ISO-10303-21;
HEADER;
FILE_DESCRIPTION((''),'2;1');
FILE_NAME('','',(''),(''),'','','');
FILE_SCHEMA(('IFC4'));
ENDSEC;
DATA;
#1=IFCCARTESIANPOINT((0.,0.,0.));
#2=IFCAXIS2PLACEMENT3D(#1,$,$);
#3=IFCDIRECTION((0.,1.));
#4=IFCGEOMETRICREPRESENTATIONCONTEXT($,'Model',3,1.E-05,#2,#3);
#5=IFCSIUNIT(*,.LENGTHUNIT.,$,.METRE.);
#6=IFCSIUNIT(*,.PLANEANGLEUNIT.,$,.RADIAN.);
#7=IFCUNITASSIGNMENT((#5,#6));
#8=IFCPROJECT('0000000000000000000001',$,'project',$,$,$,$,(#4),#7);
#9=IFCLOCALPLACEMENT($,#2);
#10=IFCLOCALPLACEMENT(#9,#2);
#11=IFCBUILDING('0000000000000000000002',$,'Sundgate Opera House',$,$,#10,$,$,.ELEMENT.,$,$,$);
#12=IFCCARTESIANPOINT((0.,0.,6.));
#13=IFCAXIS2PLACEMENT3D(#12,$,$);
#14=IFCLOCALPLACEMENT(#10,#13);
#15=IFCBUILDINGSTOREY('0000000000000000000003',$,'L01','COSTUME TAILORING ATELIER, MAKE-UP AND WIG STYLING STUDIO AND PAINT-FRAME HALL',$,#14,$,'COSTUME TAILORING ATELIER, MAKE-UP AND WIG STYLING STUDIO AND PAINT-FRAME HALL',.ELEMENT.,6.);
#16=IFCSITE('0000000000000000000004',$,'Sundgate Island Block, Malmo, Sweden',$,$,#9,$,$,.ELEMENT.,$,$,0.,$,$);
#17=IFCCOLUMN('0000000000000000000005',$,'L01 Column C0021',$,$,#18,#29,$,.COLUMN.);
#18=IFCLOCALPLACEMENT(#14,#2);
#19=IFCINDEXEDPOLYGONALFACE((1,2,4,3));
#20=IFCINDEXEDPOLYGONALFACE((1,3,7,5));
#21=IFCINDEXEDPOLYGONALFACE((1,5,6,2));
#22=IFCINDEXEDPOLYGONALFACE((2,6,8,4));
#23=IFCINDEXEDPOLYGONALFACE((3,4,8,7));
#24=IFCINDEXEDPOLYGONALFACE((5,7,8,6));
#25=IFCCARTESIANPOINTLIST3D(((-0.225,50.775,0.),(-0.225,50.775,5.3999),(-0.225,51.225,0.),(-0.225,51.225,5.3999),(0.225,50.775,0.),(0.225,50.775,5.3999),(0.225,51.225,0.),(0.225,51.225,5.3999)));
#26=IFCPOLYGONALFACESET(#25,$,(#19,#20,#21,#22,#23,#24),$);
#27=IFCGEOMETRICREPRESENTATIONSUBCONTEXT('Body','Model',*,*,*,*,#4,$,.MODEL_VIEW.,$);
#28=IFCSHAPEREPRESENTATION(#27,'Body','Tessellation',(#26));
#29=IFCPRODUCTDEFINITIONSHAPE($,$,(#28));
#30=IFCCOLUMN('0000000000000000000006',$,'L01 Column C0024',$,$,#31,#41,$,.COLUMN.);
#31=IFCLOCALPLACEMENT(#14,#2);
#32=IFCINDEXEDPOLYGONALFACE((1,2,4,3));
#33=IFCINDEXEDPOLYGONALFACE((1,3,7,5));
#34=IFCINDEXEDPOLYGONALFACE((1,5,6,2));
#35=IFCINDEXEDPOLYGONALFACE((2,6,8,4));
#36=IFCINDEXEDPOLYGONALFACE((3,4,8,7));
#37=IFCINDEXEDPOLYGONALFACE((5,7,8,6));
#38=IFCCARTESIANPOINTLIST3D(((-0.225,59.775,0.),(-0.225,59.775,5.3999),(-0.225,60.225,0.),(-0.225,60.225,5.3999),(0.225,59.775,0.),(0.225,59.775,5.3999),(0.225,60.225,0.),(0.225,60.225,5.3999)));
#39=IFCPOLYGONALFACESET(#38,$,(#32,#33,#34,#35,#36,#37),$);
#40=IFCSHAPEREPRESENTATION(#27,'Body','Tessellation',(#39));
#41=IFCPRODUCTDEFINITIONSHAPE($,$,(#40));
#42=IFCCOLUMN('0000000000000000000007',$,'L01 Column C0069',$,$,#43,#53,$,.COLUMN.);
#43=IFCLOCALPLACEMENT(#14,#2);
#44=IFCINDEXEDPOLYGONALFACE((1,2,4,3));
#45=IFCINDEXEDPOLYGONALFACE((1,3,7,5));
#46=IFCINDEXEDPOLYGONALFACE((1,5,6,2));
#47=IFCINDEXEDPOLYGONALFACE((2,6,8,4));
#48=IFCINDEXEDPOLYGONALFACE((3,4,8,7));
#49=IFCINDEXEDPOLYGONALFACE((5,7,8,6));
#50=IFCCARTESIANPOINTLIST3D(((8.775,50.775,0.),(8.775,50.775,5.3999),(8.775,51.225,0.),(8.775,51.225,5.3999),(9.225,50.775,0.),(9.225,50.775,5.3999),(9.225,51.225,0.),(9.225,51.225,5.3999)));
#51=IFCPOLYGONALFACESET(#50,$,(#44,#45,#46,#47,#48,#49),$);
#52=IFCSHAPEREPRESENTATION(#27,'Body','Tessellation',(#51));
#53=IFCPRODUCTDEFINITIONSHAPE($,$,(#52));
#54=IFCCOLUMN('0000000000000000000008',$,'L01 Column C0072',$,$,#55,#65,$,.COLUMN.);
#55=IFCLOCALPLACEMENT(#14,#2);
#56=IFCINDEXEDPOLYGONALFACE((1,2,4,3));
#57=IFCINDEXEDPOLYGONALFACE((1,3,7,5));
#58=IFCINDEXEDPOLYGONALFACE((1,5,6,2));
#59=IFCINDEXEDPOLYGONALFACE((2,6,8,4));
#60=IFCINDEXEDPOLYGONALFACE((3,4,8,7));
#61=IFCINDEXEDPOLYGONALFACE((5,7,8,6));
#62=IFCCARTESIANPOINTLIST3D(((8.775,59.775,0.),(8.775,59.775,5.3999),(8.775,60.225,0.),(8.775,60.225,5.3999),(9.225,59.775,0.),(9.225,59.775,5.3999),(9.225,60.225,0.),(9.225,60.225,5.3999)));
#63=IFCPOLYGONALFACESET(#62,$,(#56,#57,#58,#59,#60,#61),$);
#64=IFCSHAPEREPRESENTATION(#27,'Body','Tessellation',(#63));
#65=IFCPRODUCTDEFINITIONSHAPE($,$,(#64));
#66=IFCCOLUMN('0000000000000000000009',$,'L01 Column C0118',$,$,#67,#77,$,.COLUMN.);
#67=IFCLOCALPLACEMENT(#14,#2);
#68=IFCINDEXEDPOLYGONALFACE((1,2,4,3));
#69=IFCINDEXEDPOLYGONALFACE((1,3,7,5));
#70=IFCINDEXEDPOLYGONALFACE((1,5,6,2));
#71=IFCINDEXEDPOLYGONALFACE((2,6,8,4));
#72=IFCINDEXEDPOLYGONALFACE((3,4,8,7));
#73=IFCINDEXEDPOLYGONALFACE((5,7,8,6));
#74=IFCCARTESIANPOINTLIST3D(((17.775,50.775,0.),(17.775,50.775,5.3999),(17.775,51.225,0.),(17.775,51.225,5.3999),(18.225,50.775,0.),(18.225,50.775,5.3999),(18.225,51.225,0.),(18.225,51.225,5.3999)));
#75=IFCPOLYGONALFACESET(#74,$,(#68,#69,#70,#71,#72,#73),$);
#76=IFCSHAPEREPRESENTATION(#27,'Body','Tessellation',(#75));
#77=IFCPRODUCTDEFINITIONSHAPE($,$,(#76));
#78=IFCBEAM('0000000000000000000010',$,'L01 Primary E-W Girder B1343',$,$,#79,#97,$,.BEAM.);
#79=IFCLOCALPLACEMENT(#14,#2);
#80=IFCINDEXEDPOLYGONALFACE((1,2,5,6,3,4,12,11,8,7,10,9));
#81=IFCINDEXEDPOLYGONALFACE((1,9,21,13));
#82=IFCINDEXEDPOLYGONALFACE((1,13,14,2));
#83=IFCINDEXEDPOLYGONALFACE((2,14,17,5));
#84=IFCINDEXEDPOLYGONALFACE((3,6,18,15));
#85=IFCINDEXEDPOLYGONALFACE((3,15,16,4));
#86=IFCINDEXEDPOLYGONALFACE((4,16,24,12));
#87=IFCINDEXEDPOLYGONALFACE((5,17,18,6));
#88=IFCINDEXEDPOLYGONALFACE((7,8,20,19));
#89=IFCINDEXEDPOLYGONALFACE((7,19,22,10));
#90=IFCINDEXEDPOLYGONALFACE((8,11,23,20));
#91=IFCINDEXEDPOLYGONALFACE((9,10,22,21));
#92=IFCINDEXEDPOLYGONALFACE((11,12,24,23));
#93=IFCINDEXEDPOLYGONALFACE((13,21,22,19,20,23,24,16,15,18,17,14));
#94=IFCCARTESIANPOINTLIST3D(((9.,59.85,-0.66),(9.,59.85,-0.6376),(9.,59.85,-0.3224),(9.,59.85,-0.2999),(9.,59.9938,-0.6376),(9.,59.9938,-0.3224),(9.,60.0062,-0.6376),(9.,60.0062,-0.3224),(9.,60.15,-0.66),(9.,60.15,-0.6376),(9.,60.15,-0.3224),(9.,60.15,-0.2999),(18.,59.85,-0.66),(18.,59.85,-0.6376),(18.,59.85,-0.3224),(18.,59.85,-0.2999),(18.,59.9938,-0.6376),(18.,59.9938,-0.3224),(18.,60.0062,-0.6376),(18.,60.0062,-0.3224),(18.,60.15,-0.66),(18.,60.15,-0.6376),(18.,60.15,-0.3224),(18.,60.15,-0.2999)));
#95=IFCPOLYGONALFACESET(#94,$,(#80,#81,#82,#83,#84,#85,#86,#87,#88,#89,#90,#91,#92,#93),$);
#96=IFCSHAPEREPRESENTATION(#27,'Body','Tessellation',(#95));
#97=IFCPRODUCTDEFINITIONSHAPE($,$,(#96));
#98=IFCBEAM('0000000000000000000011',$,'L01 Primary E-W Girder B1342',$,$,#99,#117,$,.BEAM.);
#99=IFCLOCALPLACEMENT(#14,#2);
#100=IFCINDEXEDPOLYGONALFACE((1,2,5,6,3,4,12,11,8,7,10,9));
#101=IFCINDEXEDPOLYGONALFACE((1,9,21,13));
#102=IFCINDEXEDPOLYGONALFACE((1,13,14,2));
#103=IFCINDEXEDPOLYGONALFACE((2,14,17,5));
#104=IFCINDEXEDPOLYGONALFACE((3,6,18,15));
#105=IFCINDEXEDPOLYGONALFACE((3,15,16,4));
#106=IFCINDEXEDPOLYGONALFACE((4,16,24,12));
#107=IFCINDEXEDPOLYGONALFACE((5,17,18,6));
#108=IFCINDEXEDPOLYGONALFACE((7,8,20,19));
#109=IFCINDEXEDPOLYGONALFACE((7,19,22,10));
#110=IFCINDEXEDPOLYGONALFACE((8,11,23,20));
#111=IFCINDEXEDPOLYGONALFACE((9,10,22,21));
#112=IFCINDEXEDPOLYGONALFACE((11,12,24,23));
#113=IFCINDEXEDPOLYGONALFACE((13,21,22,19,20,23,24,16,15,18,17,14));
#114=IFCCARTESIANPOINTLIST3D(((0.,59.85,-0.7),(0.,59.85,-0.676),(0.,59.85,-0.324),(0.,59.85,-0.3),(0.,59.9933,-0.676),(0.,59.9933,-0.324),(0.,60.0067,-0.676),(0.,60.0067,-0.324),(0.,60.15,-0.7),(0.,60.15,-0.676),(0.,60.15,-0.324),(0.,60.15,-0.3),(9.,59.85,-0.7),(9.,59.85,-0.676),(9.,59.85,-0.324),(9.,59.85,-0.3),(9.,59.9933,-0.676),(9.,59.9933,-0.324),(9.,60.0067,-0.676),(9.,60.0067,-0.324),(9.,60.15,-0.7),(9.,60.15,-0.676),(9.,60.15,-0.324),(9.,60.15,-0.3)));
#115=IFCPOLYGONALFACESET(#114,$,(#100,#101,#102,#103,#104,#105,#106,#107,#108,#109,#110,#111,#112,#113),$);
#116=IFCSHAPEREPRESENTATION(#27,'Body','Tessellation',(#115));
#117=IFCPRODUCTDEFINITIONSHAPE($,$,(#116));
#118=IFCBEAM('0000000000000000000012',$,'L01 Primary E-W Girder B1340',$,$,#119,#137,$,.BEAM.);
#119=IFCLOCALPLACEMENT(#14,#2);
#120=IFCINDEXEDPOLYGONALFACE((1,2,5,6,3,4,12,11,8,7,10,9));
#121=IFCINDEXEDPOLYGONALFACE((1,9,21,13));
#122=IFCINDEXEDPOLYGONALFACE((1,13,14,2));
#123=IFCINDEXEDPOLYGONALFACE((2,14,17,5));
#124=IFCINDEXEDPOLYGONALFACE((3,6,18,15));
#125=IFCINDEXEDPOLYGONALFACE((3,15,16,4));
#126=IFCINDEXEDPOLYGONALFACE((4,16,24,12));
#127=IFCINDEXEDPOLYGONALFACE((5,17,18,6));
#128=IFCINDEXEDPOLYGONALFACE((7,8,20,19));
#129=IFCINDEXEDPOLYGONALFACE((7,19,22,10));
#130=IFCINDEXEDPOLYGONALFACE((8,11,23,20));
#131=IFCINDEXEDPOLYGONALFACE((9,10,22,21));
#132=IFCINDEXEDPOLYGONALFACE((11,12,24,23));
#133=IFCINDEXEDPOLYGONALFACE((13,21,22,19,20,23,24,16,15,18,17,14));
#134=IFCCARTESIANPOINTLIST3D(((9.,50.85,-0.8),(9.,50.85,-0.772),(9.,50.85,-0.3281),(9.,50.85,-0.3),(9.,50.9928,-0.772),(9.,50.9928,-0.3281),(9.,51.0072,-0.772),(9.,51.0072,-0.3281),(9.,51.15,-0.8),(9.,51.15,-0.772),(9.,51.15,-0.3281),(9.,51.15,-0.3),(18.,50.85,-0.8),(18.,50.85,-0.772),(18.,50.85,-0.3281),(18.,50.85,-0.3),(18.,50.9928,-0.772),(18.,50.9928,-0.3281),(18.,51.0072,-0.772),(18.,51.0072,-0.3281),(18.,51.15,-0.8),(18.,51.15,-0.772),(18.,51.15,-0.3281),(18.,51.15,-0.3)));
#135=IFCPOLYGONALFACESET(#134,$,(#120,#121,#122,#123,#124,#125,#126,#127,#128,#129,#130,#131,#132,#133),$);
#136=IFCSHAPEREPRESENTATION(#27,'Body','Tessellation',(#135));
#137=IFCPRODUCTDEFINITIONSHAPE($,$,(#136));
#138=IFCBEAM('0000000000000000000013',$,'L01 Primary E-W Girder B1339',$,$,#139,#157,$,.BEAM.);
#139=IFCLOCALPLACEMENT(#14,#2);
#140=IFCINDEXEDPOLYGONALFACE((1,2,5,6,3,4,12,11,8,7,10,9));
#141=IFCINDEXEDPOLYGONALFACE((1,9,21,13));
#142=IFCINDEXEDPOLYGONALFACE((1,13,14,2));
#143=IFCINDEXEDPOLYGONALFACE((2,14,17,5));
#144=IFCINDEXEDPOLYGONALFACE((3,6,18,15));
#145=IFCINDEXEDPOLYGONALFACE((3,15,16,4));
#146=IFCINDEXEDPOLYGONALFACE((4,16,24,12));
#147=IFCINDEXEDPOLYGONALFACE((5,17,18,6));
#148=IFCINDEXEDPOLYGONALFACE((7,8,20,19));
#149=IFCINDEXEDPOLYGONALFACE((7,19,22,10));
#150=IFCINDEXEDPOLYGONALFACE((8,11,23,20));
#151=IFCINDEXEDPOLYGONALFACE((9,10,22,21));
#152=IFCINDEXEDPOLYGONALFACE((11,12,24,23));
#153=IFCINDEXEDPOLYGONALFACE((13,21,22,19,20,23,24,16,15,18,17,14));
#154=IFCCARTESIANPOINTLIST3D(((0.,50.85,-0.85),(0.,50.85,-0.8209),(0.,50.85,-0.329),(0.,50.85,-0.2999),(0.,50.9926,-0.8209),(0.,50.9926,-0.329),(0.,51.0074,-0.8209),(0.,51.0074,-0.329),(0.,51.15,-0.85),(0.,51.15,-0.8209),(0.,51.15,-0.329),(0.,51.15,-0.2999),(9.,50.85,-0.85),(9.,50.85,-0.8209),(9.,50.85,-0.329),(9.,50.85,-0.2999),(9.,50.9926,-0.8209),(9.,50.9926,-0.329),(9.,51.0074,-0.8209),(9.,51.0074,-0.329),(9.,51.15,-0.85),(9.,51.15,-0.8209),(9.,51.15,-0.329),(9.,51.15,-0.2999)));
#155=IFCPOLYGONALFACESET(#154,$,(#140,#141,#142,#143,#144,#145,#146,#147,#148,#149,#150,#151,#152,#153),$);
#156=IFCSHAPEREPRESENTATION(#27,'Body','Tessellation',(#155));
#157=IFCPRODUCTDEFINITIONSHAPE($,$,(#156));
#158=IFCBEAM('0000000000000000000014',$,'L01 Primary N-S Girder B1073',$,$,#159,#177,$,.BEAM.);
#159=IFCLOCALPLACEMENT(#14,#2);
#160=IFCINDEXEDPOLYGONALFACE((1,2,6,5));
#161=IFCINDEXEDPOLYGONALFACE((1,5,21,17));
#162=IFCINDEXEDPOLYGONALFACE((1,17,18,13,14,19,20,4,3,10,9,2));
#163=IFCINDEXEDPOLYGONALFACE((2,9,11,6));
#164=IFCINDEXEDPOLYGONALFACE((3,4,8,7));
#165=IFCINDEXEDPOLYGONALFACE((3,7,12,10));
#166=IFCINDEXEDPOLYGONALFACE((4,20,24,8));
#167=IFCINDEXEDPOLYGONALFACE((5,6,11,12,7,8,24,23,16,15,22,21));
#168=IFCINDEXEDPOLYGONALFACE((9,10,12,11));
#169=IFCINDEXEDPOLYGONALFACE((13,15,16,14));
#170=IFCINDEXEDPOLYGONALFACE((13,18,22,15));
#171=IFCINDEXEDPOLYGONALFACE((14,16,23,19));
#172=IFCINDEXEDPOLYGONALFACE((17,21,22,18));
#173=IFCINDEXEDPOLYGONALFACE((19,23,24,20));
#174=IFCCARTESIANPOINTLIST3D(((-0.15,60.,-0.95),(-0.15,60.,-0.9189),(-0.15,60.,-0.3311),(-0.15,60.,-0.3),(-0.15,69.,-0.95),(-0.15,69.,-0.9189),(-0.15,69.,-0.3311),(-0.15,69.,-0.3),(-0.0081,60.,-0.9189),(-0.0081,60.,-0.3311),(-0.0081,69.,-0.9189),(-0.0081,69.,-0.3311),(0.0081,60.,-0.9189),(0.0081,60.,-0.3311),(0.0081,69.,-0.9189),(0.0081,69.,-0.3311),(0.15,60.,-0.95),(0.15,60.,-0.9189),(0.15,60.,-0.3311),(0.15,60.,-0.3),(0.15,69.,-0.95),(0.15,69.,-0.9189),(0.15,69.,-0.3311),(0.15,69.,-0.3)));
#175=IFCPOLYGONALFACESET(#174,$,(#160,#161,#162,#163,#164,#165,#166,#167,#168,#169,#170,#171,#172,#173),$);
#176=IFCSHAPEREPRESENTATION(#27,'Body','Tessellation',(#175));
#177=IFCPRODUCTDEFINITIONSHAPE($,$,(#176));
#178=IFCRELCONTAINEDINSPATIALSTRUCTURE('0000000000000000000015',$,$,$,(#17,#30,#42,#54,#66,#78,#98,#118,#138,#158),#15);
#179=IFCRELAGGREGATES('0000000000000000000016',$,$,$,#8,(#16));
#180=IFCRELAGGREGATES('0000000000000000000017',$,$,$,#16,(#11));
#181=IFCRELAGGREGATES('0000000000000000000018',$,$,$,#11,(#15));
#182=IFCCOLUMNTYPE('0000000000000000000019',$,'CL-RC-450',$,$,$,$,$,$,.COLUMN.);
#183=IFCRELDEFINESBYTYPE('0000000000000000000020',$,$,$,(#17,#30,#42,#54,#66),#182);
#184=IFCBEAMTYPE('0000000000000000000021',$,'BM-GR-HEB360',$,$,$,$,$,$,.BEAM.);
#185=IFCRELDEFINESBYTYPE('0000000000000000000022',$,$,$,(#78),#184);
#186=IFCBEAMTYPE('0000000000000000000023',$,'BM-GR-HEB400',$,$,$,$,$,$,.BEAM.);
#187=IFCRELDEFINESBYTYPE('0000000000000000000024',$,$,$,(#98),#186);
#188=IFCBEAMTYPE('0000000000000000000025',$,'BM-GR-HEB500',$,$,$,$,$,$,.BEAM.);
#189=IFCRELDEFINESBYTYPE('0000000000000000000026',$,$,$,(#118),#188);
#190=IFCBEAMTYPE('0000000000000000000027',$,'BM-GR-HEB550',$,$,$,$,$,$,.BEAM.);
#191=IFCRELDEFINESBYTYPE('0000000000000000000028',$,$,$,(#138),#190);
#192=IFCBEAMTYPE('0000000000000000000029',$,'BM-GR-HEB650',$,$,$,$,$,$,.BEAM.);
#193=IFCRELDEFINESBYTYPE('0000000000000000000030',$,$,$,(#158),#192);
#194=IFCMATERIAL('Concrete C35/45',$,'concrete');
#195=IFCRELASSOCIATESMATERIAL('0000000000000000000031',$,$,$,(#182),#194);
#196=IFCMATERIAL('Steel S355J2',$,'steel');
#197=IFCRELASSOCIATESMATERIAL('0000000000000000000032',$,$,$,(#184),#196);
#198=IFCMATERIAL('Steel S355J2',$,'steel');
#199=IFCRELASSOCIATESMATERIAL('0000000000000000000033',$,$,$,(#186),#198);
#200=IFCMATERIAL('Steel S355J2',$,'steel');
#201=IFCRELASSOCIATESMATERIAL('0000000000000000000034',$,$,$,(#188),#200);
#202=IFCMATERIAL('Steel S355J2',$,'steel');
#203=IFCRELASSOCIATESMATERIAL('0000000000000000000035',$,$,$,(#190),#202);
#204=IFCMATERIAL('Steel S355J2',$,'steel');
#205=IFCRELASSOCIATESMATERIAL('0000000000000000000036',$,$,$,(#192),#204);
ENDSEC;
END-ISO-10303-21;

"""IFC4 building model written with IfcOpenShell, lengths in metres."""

from ifc_helpers import new_model, si_unit, direction, frame, origin, origin_2d, place, context, subcontext, project, spatial, rectangle, i_section, extrude, material, material_profile, profile_set, type_object, element, save


model = new_model("IFC4")

# Units and contexts
model_context = context("Model", 3, precision=1e-05, world=origin(), true_north=direction((0.0, 1.0)))
body_context = subcontext(model_context, "Body", "Model", "MODEL_VIEW")
ifc_project = project(units=[si_unit("LENGTHUNIT", "METRE"), si_unit("PLANEANGLEUNIT", "RADIAN")], contexts=[model_context])

# Site, building, storey
site_placement = place(None, origin())
site = spatial("IfcSite", under=ifc_project, at=site_placement, Name="Sundgate Island Block, Malmo, Sweden", CompositionType="ELEMENT", RefElevation=0.0)
building_placement = place(site_placement, origin())
building = spatial("IfcBuilding", under=site, at=building_placement, Name="Sundgate Opera House", CompositionType="ELEMENT")
storey_placement = place(building_placement, frame((0.0, 0.0, 6.0)))
storey = spatial("IfcBuildingStorey", under=building, at=storey_placement, Name="L01", Description="COSTUME TAILORING ATELIER, MAKE-UP AND WIG STYLING STUDIO AND PAINT-FRAME HALL", LongName="COSTUME TAILORING ATELIER, MAKE-UP AND WIG STYLING STUDIO AND PAINT-FRAME HALL", CompositionType="ELEMENT", Elevation=6.0)

# Columns
ifc_material_1 = material(Name="Concrete C35/45", Category="concrete")
ifc_material_profile_1 = material_profile(ifc_material_1, rectangle(XDim=0.45, YDim=0.45, at=origin_2d()), Name="RC 450x450")
ifc_profile_set_1 = profile_set([ifc_material_profile_1], Name="Concrete C35/45")
column_type = type_object("IfcColumnType", Name="CL-RC-450", PredefinedType="COLUMN", material=ifc_profile_set_1)
for number, where, z_axis, x_axis, name in (
    (1, (0.0, 51.0, 0.0), (0.0, 0.0, 1.0), (1.0, 0.0, 0.0), "L01 Column C0021"),
    (2, (0.0, 60.0, 0.0), (0.0, 0.0, 1.0), (1.0, 0.0, 0.0), "L01 Column C0024"),
    (3, (9.0, 51.0, 0.0), (0.0, 0.0, 1.0), (1.0, 0.0, 0.0), "L01 Column C0069"),
    (4, (9.0, 60.0, 0.0), (0.0, 0.0, 1.0), (1.0, 0.0, 0.0), "L01 Column C0072"),
    (5, (18.0, 51.0, 0.0), (0.0, 0.0, 1.0), (1.0, 0.0, 0.0), "L01 Column C0118"),
):
    element("IfcColumn", number, at=place(storey_placement, frame(where, z_axis=z_axis, x_axis=x_axis)), inside=storey, type_object=column_type, Name=name, PredefinedType="COLUMN", context=body_context, shape_type="SweptSolid", body=[
        extrude(rectangle(XDim=0.45, YDim=0.45, at=origin_2d()), origin(), (0.0, 0.0, 1.0), 5.3999),
    ])

# Beams
ifc_material_2 = material(Name="Steel S355J2", Category="steel")
ifc_material_profile_2 = material_profile(ifc_material_2, i_section(OverallWidth=0.3, OverallDepth=0.3601, WebThickness=0.0125, FlangeThickness=0.0225, at=origin_2d()), Name="HEB 360")
ifc_profile_set_2 = profile_set([ifc_material_profile_2], Name="Steel S355J2")
beam_type_1 = type_object("IfcBeamType", Name="BM-GR-HEB360", PredefinedType="BEAM", material=ifc_profile_set_2)
beam_1_placement = place(storey_placement, frame((9.0, 60.0, -0.48), z_axis=(1.0, 0.0, 0.0), x_axis=(0.0, 1.0, 0.0)))
element("IfcBeam", 6, at=beam_1_placement, inside=storey, type_object=beam_type_1, Name="L01 Primary E-W Girder B1343", PredefinedType="BEAM", context=body_context, shape_type="SweptSolid", body=[
    extrude(i_section(OverallWidth=0.3, OverallDepth=0.3601, WebThickness=0.0125, FlangeThickness=0.0225, at=origin_2d()), origin(), (0.0, 0.0, 1.0), 9.0),
])
ifc_material_3 = material(Name="Steel S355J2", Category="steel")
ifc_material_profile_3 = material_profile(ifc_material_3, i_section(OverallWidth=0.3, OverallDepth=0.3999, WebThickness=0.0134, FlangeThickness=0.0239, at=origin_2d()), Name="HEB 400")
ifc_profile_set_3 = profile_set([ifc_material_profile_3], Name="Steel S355J2")
beam_type_2 = type_object("IfcBeamType", Name="BM-GR-HEB400", PredefinedType="BEAM", material=ifc_profile_set_3)
beam_2_placement = place(storey_placement, frame((0.0, 60.0, -0.5), z_axis=(1.0, 0.0, 0.0), x_axis=(0.0, 1.0, 0.0)))
element("IfcBeam", 7, at=beam_2_placement, inside=storey, type_object=beam_type_2, Name="L01 Primary E-W Girder B1342", PredefinedType="BEAM", context=body_context, shape_type="SweptSolid", body=[
    extrude(i_section(OverallWidth=0.3, OverallDepth=0.3999, WebThickness=0.0134, FlangeThickness=0.0239, at=origin_2d()), origin(), (0.0, 0.0, 1.0), 9.0),
])
ifc_material_4 = material(Name="Steel S355J2", Category="steel")
ifc_material_profile_4 = material_profile(ifc_material_4, i_section(OverallWidth=0.3, OverallDepth=0.5, WebThickness=0.0144, FlangeThickness=0.0281, at=origin_2d()), Name="HEB 500")
ifc_profile_set_4 = profile_set([ifc_material_profile_4], Name="Steel S355J2")
beam_type_3 = type_object("IfcBeamType", Name="BM-GR-HEB500", PredefinedType="BEAM", material=ifc_profile_set_4)
beam_3_placement = place(storey_placement, frame((9.0, 51.0, -0.55), z_axis=(1.0, 0.0, 0.0), x_axis=(0.0, 1.0, 0.0)))
element("IfcBeam", 8, at=beam_3_placement, inside=storey, type_object=beam_type_3, Name="L01 Primary E-W Girder B1340", PredefinedType="BEAM", context=body_context, shape_type="SweptSolid", body=[
    extrude(i_section(OverallWidth=0.3, OverallDepth=0.5, WebThickness=0.0144, FlangeThickness=0.0281, at=origin_2d()), origin(), (0.0, 0.0, 1.0), 9.0),
])
ifc_material_5 = material(Name="Steel S355J2", Category="steel")
ifc_material_profile_5 = material_profile(ifc_material_5, i_section(OverallWidth=0.3, OverallDepth=0.55, WebThickness=0.0149, FlangeThickness=0.0291, at=origin_2d()), Name="HEB 550")
ifc_profile_set_5 = profile_set([ifc_material_profile_5], Name="Steel S355J2")
beam_type_4 = type_object("IfcBeamType", Name="BM-GR-HEB550", PredefinedType="BEAM", material=ifc_profile_set_5)
beam_4_placement = place(storey_placement, frame((0.0, 51.0, -0.575), z_axis=(1.0, 0.0, 0.0), x_axis=(0.0, 1.0, 0.0)))
element("IfcBeam", 9, at=beam_4_placement, inside=storey, type_object=beam_type_4, Name="L01 Primary E-W Girder B1339", PredefinedType="BEAM", context=body_context, shape_type="SweptSolid", body=[
    extrude(i_section(OverallWidth=0.3, OverallDepth=0.55, WebThickness=0.0149, FlangeThickness=0.0291, at=origin_2d()), origin(), (0.0, 0.0, 1.0), 9.0),
])
ifc_material_6 = material(Name="Steel S355J2", Category="steel")
ifc_material_profile_6 = material_profile(ifc_material_6, i_section(OverallWidth=0.3, OverallDepth=0.6499, WebThickness=0.0161, FlangeThickness=0.031, at=origin_2d()), Name="HEB 650")
ifc_profile_set_6 = profile_set([ifc_material_profile_6], Name="Steel S355J2")
beam_type_5 = type_object("IfcBeamType", Name="BM-GR-HEB650", PredefinedType="BEAM", material=ifc_profile_set_6)
beam_5_placement = place(storey_placement, frame((0.0, 60.0, -0.625), z_axis=(0.0, 1.0, 0.0), x_axis=(-1.0, 0.0, 0.0)))
element("IfcBeam", 10, at=beam_5_placement, inside=storey, type_object=beam_type_5, Name="L01 Primary N-S Girder B1073", PredefinedType="BEAM", context=body_context, shape_type="SweptSolid", body=[
    extrude(i_section(OverallWidth=0.3, OverallDepth=0.6499, WebThickness=0.0161, FlangeThickness=0.031, at=origin_2d()), origin(), (0.0, 0.0, 1.0), 9.0),
])

save(model, "model.ifc")
